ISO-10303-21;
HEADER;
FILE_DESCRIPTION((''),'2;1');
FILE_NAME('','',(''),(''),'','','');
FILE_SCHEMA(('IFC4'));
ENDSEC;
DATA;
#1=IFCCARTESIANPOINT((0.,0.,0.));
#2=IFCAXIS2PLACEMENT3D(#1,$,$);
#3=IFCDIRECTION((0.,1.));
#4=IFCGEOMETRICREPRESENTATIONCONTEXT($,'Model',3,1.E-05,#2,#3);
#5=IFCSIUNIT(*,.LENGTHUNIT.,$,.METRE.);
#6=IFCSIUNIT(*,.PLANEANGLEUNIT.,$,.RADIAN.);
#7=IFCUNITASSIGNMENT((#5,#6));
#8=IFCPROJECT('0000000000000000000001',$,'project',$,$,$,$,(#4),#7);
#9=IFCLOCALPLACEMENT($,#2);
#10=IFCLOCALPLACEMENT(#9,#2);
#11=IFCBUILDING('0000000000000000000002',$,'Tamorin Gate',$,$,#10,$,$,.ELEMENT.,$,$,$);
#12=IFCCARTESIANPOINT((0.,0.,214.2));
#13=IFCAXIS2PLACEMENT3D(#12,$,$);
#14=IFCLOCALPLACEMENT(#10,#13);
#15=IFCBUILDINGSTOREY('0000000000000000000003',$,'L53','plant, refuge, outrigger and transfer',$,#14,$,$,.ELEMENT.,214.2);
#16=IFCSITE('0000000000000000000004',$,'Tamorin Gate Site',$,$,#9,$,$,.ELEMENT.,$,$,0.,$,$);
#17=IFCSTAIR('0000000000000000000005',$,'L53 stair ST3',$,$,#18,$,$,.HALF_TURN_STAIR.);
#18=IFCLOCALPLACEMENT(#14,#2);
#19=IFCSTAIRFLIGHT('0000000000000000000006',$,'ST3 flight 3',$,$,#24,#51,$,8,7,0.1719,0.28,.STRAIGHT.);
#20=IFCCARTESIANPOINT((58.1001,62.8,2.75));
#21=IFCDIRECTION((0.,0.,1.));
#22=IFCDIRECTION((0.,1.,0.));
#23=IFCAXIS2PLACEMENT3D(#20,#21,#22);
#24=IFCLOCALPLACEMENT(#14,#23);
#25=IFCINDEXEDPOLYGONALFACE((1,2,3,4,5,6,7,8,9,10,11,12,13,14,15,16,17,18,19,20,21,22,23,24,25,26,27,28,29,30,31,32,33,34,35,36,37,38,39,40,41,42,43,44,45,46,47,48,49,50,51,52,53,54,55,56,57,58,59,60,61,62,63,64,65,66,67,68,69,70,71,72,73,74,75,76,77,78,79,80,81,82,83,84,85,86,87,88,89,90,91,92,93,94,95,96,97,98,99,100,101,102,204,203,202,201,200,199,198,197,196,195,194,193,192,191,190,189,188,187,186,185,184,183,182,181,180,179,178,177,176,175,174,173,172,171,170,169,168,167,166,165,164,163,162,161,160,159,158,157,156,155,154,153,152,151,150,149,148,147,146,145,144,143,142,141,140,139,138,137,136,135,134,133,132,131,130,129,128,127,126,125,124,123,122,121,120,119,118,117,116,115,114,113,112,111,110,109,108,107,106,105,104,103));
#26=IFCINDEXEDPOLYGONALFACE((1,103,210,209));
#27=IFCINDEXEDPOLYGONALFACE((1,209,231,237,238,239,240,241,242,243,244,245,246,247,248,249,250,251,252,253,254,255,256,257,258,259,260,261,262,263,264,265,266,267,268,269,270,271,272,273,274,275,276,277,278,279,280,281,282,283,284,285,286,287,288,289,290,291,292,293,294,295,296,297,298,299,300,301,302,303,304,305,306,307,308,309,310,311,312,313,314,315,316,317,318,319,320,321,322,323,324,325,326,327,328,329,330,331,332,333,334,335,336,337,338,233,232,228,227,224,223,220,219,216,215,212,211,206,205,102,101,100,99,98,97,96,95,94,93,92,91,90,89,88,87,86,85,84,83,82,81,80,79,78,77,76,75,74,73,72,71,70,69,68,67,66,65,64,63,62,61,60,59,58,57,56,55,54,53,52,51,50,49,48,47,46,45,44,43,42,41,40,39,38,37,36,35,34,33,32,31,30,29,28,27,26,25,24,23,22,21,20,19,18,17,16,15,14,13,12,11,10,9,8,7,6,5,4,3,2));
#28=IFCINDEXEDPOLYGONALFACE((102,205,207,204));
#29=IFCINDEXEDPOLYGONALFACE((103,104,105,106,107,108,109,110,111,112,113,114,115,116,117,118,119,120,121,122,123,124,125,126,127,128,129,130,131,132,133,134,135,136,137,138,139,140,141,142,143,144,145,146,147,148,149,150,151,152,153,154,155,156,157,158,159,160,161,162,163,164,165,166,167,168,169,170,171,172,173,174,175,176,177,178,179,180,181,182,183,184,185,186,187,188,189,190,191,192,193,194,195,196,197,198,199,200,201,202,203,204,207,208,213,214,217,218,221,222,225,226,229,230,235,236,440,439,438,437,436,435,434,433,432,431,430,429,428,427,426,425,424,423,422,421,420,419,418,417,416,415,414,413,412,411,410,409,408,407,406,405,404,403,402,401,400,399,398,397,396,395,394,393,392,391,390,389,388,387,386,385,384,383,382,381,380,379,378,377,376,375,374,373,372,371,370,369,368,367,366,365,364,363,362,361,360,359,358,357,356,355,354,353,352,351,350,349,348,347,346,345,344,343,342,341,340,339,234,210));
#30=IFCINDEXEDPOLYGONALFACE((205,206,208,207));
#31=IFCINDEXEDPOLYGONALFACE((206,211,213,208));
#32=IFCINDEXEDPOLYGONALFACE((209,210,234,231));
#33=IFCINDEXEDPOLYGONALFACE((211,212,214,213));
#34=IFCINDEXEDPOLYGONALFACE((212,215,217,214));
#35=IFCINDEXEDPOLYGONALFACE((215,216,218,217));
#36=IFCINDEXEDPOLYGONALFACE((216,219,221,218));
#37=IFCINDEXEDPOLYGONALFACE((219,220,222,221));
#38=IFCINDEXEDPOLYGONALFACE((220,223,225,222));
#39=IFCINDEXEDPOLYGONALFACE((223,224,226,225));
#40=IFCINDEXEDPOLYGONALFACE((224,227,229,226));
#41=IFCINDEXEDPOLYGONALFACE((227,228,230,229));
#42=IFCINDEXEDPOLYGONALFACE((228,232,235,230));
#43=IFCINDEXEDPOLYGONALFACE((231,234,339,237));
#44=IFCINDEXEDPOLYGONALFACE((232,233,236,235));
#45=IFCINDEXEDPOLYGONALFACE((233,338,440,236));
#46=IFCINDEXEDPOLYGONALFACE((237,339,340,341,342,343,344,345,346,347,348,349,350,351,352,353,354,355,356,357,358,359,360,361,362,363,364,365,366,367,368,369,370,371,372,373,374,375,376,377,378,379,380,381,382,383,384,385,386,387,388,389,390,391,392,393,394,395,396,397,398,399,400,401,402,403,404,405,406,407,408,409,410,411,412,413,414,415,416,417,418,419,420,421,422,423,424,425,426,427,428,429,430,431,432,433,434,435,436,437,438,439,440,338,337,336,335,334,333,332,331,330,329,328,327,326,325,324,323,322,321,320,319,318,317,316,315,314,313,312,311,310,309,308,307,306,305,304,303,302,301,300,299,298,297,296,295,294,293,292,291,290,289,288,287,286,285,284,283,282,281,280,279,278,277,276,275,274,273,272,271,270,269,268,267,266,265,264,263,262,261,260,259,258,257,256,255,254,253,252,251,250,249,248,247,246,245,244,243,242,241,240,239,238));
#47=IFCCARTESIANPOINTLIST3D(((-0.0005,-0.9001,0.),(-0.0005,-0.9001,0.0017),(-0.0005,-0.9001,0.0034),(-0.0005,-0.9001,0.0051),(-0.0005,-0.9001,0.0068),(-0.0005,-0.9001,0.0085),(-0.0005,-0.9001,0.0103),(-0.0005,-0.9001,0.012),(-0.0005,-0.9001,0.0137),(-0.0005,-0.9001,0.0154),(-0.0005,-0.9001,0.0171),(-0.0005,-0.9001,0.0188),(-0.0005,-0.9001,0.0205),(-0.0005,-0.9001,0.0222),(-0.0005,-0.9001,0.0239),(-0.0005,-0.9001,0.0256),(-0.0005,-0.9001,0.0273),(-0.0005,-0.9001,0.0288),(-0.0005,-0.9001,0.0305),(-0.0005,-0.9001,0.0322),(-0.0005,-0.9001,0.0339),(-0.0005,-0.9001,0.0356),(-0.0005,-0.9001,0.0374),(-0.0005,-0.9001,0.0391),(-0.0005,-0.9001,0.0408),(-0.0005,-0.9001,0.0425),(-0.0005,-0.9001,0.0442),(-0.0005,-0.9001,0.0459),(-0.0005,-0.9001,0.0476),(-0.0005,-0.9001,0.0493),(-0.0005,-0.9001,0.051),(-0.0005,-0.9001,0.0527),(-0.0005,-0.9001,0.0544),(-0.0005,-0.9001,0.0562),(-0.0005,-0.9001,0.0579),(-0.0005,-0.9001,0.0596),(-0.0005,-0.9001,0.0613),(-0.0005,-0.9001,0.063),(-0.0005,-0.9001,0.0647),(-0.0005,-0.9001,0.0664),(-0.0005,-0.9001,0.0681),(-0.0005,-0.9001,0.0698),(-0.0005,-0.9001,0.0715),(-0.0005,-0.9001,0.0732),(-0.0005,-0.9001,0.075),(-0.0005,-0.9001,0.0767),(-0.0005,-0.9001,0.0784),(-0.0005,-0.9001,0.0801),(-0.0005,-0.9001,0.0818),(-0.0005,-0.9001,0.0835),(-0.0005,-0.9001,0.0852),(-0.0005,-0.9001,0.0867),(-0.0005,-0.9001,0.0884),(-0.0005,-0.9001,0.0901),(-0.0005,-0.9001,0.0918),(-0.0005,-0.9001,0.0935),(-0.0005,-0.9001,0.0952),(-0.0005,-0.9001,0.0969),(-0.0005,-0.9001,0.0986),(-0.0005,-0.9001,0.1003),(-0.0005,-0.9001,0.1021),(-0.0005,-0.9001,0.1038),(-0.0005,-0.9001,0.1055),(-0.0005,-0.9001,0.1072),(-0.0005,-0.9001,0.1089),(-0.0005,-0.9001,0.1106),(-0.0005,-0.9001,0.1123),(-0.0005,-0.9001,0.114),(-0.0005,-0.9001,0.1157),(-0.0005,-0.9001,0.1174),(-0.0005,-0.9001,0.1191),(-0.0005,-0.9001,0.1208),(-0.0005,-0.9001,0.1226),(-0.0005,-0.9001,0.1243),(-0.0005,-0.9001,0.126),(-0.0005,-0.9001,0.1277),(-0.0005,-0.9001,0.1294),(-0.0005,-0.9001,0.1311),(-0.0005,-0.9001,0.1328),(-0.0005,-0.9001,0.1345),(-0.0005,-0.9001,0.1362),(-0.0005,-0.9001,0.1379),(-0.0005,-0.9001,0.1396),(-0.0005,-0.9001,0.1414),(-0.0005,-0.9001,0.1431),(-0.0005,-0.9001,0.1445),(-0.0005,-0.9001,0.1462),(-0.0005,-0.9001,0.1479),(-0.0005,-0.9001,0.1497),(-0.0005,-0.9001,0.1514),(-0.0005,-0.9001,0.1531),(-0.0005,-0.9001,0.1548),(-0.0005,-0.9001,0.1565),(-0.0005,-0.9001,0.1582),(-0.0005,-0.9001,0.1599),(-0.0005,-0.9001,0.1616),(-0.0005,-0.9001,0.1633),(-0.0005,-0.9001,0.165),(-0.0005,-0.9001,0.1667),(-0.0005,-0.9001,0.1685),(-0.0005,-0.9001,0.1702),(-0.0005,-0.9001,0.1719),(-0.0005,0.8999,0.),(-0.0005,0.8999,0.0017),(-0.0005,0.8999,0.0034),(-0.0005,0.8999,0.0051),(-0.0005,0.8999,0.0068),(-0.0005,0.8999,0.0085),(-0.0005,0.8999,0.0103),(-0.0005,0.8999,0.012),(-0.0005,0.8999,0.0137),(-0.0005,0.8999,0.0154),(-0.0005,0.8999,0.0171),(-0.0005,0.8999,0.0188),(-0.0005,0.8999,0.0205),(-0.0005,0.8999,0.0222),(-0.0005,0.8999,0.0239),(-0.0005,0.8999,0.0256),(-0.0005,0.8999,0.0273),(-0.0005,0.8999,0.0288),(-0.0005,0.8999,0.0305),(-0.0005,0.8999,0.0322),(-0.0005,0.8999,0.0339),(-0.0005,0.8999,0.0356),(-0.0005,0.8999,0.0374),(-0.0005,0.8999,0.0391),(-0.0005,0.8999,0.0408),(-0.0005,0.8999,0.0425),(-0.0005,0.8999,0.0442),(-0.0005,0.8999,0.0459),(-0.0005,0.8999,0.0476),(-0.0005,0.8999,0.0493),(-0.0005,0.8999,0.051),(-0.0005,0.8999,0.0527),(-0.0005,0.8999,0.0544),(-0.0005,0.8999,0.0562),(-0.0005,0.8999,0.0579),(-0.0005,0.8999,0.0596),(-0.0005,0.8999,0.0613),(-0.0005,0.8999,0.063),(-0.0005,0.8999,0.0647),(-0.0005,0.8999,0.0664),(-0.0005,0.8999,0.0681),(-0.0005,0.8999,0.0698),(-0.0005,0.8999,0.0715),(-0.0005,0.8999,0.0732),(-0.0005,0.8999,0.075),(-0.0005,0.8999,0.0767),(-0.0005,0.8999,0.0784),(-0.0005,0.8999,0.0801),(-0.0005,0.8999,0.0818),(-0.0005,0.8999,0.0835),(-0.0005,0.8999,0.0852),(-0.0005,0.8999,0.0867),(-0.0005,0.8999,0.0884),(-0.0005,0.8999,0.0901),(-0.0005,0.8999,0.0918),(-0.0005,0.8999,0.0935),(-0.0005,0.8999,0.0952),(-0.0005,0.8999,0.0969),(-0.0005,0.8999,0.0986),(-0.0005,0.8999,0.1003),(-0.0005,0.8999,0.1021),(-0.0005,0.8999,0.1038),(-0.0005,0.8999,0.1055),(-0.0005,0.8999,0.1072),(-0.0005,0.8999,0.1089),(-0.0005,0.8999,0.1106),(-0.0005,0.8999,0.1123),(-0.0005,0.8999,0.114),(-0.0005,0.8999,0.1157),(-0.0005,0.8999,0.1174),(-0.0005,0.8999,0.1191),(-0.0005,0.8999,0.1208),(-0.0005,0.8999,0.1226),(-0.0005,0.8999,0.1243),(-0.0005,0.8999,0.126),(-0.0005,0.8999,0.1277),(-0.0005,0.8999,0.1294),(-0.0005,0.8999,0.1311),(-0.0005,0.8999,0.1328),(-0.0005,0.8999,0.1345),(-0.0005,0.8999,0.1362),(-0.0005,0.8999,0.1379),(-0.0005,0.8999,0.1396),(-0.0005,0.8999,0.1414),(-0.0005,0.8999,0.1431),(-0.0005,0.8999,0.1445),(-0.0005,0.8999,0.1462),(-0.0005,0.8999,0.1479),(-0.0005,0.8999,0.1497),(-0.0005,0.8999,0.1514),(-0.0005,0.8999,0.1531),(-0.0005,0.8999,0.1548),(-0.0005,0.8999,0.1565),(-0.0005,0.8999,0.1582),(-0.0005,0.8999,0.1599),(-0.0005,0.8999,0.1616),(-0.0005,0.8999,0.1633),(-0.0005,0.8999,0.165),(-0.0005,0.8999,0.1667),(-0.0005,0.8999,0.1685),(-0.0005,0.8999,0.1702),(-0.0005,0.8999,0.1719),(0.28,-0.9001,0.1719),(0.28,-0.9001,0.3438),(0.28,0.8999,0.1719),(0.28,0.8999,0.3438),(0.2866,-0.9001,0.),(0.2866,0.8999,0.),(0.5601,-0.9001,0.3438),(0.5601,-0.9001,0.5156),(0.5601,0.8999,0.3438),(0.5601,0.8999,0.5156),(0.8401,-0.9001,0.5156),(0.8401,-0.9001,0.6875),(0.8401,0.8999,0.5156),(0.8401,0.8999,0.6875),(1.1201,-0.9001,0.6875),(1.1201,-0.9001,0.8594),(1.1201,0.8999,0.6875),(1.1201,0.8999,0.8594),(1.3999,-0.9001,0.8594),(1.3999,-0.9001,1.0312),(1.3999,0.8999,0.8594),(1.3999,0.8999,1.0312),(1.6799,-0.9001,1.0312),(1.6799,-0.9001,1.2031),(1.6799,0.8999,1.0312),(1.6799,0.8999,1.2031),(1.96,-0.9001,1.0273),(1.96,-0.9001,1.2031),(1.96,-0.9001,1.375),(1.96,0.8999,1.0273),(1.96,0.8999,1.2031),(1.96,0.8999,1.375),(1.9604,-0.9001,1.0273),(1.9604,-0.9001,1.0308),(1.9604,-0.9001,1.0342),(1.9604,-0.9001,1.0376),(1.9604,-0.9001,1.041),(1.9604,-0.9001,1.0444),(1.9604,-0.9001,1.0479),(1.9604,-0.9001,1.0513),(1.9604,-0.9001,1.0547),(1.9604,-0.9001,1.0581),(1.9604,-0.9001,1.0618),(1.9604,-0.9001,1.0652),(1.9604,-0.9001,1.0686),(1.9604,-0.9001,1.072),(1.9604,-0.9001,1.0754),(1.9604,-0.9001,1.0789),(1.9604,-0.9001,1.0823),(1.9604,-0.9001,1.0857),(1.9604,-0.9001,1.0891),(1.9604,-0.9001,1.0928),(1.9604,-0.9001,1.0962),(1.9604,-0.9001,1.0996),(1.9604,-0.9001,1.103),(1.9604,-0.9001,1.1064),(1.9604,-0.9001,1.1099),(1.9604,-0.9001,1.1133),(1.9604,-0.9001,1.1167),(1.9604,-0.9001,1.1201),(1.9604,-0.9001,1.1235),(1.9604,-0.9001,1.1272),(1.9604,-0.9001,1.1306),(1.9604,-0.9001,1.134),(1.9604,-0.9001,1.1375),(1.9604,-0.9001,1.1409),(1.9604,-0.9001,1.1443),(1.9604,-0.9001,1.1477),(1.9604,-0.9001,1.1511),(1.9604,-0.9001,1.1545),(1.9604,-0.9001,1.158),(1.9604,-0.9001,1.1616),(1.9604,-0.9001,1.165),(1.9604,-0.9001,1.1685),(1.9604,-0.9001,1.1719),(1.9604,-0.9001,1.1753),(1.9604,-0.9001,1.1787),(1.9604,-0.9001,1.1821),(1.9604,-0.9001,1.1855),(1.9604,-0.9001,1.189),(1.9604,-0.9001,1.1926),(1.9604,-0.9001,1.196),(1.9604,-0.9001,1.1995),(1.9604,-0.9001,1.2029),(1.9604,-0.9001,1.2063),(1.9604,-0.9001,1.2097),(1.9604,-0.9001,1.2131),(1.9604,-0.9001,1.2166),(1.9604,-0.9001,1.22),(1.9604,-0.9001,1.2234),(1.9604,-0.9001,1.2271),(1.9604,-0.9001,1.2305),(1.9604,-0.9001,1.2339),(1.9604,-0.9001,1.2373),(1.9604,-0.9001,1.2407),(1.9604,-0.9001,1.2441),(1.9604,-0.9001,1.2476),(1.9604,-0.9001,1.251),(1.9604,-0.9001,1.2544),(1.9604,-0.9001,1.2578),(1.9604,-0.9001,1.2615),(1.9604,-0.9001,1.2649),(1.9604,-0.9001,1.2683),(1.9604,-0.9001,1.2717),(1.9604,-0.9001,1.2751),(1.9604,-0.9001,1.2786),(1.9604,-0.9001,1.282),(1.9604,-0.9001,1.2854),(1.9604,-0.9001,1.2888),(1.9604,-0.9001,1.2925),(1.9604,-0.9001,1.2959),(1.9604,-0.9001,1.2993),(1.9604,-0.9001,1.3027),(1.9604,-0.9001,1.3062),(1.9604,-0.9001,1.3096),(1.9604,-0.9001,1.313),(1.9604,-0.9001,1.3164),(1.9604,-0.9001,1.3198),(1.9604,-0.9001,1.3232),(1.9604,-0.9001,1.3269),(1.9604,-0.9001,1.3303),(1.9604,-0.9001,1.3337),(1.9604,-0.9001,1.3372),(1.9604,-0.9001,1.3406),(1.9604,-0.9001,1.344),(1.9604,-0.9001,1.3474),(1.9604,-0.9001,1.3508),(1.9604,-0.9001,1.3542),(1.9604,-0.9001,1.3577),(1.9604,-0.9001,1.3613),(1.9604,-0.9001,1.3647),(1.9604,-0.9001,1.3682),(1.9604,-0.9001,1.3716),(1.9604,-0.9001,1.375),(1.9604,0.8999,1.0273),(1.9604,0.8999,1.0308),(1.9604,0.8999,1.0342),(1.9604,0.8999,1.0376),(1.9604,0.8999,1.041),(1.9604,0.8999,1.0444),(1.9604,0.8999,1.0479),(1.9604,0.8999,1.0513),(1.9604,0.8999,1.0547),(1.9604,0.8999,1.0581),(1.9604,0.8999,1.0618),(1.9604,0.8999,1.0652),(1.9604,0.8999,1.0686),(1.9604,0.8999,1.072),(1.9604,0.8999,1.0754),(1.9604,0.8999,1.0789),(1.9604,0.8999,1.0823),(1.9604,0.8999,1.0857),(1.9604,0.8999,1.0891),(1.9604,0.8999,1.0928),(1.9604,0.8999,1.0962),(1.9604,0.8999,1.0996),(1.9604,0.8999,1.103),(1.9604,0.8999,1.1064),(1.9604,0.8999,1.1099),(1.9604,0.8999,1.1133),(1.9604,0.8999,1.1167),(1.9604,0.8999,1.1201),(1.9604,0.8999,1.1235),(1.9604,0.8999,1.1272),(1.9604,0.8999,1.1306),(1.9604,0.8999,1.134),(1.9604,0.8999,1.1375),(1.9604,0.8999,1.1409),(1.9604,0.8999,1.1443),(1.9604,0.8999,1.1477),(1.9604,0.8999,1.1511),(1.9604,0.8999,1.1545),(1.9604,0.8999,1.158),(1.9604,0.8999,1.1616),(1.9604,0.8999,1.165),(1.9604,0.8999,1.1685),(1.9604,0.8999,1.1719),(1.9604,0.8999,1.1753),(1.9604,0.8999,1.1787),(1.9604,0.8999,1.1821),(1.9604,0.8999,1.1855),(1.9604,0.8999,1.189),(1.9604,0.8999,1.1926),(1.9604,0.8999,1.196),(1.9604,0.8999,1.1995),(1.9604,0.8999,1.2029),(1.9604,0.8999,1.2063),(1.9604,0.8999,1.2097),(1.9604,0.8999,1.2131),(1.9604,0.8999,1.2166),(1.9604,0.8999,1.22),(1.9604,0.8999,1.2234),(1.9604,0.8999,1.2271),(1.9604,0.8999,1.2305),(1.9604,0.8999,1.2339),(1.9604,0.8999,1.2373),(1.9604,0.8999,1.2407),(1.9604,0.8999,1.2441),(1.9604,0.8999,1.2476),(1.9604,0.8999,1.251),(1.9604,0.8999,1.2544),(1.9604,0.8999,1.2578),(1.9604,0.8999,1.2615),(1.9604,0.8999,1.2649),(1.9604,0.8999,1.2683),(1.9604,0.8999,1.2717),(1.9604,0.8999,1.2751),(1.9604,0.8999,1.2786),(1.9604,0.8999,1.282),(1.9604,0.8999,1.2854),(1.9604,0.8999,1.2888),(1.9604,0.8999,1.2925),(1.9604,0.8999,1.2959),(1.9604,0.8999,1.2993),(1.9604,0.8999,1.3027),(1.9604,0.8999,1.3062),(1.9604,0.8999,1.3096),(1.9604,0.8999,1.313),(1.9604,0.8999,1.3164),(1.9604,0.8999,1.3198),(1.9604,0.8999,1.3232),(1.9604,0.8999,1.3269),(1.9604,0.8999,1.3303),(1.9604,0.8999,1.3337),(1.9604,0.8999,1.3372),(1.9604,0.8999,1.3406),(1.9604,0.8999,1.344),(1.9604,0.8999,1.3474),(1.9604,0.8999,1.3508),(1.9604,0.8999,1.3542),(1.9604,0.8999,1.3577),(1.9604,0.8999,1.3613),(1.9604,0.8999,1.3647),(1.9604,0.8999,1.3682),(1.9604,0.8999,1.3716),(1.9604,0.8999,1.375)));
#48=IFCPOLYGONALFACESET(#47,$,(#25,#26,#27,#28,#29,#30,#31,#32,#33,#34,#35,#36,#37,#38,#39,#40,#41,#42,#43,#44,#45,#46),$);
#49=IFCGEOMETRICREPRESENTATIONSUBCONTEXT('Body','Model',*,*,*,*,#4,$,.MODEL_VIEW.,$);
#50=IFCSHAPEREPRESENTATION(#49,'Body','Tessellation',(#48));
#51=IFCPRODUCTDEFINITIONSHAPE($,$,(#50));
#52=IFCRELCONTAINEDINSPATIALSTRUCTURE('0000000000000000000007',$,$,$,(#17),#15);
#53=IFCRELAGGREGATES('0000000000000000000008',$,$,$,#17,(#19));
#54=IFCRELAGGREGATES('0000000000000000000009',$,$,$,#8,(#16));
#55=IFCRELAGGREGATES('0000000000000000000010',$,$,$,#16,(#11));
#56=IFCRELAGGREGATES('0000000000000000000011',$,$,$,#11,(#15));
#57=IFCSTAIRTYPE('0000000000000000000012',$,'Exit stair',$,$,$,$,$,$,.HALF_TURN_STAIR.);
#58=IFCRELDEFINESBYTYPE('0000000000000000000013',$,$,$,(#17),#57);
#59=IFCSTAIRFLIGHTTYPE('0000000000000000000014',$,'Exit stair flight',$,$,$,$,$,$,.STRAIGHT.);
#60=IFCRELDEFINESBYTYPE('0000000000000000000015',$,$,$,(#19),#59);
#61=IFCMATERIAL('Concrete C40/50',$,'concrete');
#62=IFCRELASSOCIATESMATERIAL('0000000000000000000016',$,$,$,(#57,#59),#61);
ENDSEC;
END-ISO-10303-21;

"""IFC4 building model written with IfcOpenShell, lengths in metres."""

from ifc_helpers import new_model, si_unit, direction, frame, origin, place, context, subcontext, project, spatial, polyline, outline, extrude, material, type_object, element, aggregate, save


model = new_model("IFC4")

# Units and contexts
model_context = context("Model", 3, precision=1e-05, world=origin(), true_north=direction((0.0, 1.0)))
body_context = subcontext(model_context, "Body", "Model", "MODEL_VIEW")
ifc_project = project(units=[si_unit("LENGTHUNIT", "METRE"), si_unit("PLANEANGLEUNIT", "RADIAN")], contexts=[model_context])

# Site, building, storey
site_placement = place(None, origin())
site = spatial("IfcSite", under=ifc_project, at=site_placement, Name="Tamorin Gate Site", CompositionType="ELEMENT", RefElevation=0.0)
building_placement = place(site_placement, origin())
building = spatial("IfcBuilding", under=site, at=building_placement, Name="Tamorin Gate", CompositionType="ELEMENT")
storey_placement = place(building_placement, frame((0.0, 0.0, 214.2)))
storey = spatial("IfcBuildingStorey", under=building, at=storey_placement, Name="L53", Description="plant, refuge, outrigger and transfer", CompositionType="ELEMENT", Elevation=214.2)

# Shared definitions
ifc_material_1 = material(Name="Concrete C40/50", Category="concrete")

# Stair, stair flight
stair_type = type_object("IfcStairType", Name="Exit stair", PredefinedType="HALF_TURN_STAIR", material=ifc_material_1)
stair_placement = place(storey_placement, origin())
stair = element("IfcStair", 1, at=stair_placement, inside=storey, type_object=stair_type, Name="L53 stair ST3", PredefinedType="HALF_TURN_STAIR")
stair_flight_type = type_object("IfcStairFlightType", Name="Exit stair flight", PredefinedType="STRAIGHT", material=ifc_material_1)
stair_flight_1_placement = place(storey_placement, frame((58.1001, 62.8, 2.75), z_axis=(0.0, 0.0, 1.0), x_axis=(0.0, 1.0, 0.0)))
stair_flight_1 = element("IfcStairFlight", 2, at=stair_flight_1_placement, type_object=stair_flight_type, Name="ST3 flight 3", NumberOfRisers=8, NumberOfTreads=7, PredefinedType="STRAIGHT", RiserHeight=0.1719, TreadLength=0.28, context=body_context, shape_type="SweptSolid", body=[
    extrude(outline(polyline([(-0.0005, 0.0), (-0.0005, 0.0017), (-0.0005, 0.0034), (-0.0005, 0.0051), (-0.0005, 0.0068), (-0.0005, 0.0085), (-0.0005, 0.0103), (-0.0005, 0.012), (-0.0005, 0.0137), (-0.0005, 0.0154), (-0.0005, 0.0171), (-0.0005, 0.0188), (-0.0005, 0.0205), (-0.0005, 0.0222), (-0.0005, 0.0239), (-0.0005, 0.0256), (-0.0005, 0.0273), (-0.0005, 0.0288), (-0.0005, 0.0305), (-0.0005, 0.0322), (-0.0005, 0.0339), (-0.0005, 0.0356), (-0.0005, 0.0374), (-0.0005, 0.0391), (-0.0005, 0.0408), (-0.0005, 0.0425), (-0.0005, 0.0442), (-0.0005, 0.0459), (-0.0005, 0.0476), (-0.0005, 0.0493), (-0.0005, 0.051), (-0.0005, 0.0527), (-0.0005, 0.0544), (-0.0005, 0.0562), (-0.0005, 0.0579), (-0.0005, 0.0596), (-0.0005, 0.0613), (-0.0005, 0.063), (-0.0005, 0.0647), (-0.0005, 0.0664), (-0.0005, 0.0681), (-0.0005, 0.0698), (-0.0005, 0.0715), (-0.0005, 0.0732), (-0.0005, 0.075), (-0.0005, 0.0767), (-0.0005, 0.0784), (-0.0005, 0.0801), (-0.0005, 0.0818), (-0.0005, 0.0835), (-0.0005, 0.0852), (-0.0005, 0.0867), (-0.0005, 0.0884), (-0.0005, 0.0901), (-0.0005, 0.0918), (-0.0005, 0.0935), (-0.0005, 0.0952), (-0.0005, 0.0969), (-0.0005, 0.0986), (-0.0005, 0.1003), (-0.0005, 0.1021), (-0.0005, 0.1038), (-0.0005, 0.1055), (-0.0005, 0.1072), (-0.0005, 0.1089), (-0.0005, 0.1106), (-0.0005, 0.1123), (-0.0005, 0.114), (-0.0005, 0.1157), (-0.0005, 0.1174), (-0.0005, 0.1191), (-0.0005, 0.1208), (-0.0005, 0.1226), (-0.0005, 0.1243), (-0.0005, 0.126), (-0.0005, 0.1277), (-0.0005, 0.1294), (-0.0005, 0.1311), (-0.0005, 0.1328), (-0.0005, 0.1345), (-0.0005, 0.1362), (-0.0005, 0.1379), (-0.0005, 0.1396), (-0.0005, 0.1414), (-0.0005, 0.1431), (-0.0005, 0.1445), (-0.0005, 0.1462), (-0.0005, 0.1479), (-0.0005, 0.1497), (-0.0005, 0.1514), (-0.0005, 0.1531), (-0.0005, 0.1548), (-0.0005, 0.1565), (-0.0005, 0.1582), (-0.0005, 0.1599), (-0.0005, 0.1616), (-0.0005, 0.1633), (-0.0005, 0.165), (-0.0005, 0.1667), (-0.0005, 0.1685), (-0.0005, 0.1702), (-0.0005, 0.1719), (0.28, 0.1719), (0.28, 0.3438), (0.5601, 0.3438), (0.5601, 0.5156), (0.8401, 0.5156), (0.8401, 0.6875), (1.1201, 0.6875), (1.1201, 0.8594), (1.3999, 0.8594), (1.3999, 1.0312), (1.6799, 1.0312), (1.6799, 1.2031), (1.96, 1.2031), (1.96, 1.375), (1.9604, 1.375), (1.9604, 1.3716), (1.9604, 1.3682), (1.9604, 1.3647), (1.9604, 1.3613), (1.9604, 1.3577), (1.9604, 1.3542), (1.9604, 1.3508), (1.9604, 1.3474), (1.9604, 1.344), (1.9604, 1.3406), (1.9604, 1.3372), (1.9604, 1.3337), (1.9604, 1.3303), (1.9604, 1.3269), (1.9604, 1.3232), (1.9604, 1.3198), (1.9604, 1.3164), (1.9604, 1.313), (1.9604, 1.3096), (1.9604, 1.3062), (1.9604, 1.3027), (1.9604, 1.2993), (1.9604, 1.2959), (1.9604, 1.2925), (1.9604, 1.2888), (1.9604, 1.2854), (1.9604, 1.282), (1.9604, 1.2786), (1.9604, 1.2751), (1.9604, 1.2717), (1.9604, 1.2683), (1.9604, 1.2649), (1.9604, 1.2615), (1.9604, 1.2578), (1.9604, 1.2544), (1.9604, 1.251), (1.9604, 1.2476), (1.9604, 1.2441), (1.9604, 1.2407), (1.9604, 1.2373), (1.9604, 1.2339), (1.9604, 1.2305), (1.9604, 1.2271), (1.9604, 1.2234), (1.9604, 1.22), (1.9604, 1.2166), (1.9604, 1.2131), (1.9604, 1.2097), (1.9604, 1.2063), (1.9604, 1.2029), (1.9604, 1.1995), (1.9604, 1.196), (1.9604, 1.1926), (1.9604, 1.189), (1.9604, 1.1855), (1.9604, 1.1821), (1.9604, 1.1787), (1.9604, 1.1753), (1.9604, 1.1719), (1.9604, 1.1685), (1.9604, 1.165), (1.9604, 1.1616), (1.9604, 1.158), (1.9604, 1.1545), (1.9604, 1.1511), (1.9604, 1.1477), (1.9604, 1.1443), (1.9604, 1.1409), (1.9604, 1.1375), (1.9604, 1.134), (1.9604, 1.1306), (1.9604, 1.1272), (1.9604, 1.1235), (1.9604, 1.1201), (1.9604, 1.1167), (1.9604, 1.1133), (1.9604, 1.1099), (1.9604, 1.1064), (1.9604, 1.103), (1.9604, 1.0996), (1.9604, 1.0962), (1.9604, 1.0928), (1.9604, 1.0891), (1.9604, 1.0857), (1.9604, 1.0823), (1.9604, 1.0789), (1.9604, 1.0754), (1.9604, 1.072), (1.9604, 1.0686), (1.9604, 1.0652), (1.9604, 1.0618), (1.9604, 1.0581), (1.9604, 1.0547), (1.9604, 1.0513), (1.9604, 1.0479), (1.9604, 1.0444), (1.9604, 1.041), (1.9604, 1.0376), (1.9604, 1.0342), (1.9604, 1.0308), (1.9604, 1.0273), (1.96, 1.0273), (0.2866, 0.0), (-0.0005, 0.0)])), frame((0.0, 0.8999, 0.0), z_axis=(0.0, -1.0, 0.0), x_axis=(1.0, 0.0, 0.0)), (0.0, 0.0, 1.0), 1.8),
])
aggregate(stair, [stair_flight_1])

save(model, "model.ifc")
